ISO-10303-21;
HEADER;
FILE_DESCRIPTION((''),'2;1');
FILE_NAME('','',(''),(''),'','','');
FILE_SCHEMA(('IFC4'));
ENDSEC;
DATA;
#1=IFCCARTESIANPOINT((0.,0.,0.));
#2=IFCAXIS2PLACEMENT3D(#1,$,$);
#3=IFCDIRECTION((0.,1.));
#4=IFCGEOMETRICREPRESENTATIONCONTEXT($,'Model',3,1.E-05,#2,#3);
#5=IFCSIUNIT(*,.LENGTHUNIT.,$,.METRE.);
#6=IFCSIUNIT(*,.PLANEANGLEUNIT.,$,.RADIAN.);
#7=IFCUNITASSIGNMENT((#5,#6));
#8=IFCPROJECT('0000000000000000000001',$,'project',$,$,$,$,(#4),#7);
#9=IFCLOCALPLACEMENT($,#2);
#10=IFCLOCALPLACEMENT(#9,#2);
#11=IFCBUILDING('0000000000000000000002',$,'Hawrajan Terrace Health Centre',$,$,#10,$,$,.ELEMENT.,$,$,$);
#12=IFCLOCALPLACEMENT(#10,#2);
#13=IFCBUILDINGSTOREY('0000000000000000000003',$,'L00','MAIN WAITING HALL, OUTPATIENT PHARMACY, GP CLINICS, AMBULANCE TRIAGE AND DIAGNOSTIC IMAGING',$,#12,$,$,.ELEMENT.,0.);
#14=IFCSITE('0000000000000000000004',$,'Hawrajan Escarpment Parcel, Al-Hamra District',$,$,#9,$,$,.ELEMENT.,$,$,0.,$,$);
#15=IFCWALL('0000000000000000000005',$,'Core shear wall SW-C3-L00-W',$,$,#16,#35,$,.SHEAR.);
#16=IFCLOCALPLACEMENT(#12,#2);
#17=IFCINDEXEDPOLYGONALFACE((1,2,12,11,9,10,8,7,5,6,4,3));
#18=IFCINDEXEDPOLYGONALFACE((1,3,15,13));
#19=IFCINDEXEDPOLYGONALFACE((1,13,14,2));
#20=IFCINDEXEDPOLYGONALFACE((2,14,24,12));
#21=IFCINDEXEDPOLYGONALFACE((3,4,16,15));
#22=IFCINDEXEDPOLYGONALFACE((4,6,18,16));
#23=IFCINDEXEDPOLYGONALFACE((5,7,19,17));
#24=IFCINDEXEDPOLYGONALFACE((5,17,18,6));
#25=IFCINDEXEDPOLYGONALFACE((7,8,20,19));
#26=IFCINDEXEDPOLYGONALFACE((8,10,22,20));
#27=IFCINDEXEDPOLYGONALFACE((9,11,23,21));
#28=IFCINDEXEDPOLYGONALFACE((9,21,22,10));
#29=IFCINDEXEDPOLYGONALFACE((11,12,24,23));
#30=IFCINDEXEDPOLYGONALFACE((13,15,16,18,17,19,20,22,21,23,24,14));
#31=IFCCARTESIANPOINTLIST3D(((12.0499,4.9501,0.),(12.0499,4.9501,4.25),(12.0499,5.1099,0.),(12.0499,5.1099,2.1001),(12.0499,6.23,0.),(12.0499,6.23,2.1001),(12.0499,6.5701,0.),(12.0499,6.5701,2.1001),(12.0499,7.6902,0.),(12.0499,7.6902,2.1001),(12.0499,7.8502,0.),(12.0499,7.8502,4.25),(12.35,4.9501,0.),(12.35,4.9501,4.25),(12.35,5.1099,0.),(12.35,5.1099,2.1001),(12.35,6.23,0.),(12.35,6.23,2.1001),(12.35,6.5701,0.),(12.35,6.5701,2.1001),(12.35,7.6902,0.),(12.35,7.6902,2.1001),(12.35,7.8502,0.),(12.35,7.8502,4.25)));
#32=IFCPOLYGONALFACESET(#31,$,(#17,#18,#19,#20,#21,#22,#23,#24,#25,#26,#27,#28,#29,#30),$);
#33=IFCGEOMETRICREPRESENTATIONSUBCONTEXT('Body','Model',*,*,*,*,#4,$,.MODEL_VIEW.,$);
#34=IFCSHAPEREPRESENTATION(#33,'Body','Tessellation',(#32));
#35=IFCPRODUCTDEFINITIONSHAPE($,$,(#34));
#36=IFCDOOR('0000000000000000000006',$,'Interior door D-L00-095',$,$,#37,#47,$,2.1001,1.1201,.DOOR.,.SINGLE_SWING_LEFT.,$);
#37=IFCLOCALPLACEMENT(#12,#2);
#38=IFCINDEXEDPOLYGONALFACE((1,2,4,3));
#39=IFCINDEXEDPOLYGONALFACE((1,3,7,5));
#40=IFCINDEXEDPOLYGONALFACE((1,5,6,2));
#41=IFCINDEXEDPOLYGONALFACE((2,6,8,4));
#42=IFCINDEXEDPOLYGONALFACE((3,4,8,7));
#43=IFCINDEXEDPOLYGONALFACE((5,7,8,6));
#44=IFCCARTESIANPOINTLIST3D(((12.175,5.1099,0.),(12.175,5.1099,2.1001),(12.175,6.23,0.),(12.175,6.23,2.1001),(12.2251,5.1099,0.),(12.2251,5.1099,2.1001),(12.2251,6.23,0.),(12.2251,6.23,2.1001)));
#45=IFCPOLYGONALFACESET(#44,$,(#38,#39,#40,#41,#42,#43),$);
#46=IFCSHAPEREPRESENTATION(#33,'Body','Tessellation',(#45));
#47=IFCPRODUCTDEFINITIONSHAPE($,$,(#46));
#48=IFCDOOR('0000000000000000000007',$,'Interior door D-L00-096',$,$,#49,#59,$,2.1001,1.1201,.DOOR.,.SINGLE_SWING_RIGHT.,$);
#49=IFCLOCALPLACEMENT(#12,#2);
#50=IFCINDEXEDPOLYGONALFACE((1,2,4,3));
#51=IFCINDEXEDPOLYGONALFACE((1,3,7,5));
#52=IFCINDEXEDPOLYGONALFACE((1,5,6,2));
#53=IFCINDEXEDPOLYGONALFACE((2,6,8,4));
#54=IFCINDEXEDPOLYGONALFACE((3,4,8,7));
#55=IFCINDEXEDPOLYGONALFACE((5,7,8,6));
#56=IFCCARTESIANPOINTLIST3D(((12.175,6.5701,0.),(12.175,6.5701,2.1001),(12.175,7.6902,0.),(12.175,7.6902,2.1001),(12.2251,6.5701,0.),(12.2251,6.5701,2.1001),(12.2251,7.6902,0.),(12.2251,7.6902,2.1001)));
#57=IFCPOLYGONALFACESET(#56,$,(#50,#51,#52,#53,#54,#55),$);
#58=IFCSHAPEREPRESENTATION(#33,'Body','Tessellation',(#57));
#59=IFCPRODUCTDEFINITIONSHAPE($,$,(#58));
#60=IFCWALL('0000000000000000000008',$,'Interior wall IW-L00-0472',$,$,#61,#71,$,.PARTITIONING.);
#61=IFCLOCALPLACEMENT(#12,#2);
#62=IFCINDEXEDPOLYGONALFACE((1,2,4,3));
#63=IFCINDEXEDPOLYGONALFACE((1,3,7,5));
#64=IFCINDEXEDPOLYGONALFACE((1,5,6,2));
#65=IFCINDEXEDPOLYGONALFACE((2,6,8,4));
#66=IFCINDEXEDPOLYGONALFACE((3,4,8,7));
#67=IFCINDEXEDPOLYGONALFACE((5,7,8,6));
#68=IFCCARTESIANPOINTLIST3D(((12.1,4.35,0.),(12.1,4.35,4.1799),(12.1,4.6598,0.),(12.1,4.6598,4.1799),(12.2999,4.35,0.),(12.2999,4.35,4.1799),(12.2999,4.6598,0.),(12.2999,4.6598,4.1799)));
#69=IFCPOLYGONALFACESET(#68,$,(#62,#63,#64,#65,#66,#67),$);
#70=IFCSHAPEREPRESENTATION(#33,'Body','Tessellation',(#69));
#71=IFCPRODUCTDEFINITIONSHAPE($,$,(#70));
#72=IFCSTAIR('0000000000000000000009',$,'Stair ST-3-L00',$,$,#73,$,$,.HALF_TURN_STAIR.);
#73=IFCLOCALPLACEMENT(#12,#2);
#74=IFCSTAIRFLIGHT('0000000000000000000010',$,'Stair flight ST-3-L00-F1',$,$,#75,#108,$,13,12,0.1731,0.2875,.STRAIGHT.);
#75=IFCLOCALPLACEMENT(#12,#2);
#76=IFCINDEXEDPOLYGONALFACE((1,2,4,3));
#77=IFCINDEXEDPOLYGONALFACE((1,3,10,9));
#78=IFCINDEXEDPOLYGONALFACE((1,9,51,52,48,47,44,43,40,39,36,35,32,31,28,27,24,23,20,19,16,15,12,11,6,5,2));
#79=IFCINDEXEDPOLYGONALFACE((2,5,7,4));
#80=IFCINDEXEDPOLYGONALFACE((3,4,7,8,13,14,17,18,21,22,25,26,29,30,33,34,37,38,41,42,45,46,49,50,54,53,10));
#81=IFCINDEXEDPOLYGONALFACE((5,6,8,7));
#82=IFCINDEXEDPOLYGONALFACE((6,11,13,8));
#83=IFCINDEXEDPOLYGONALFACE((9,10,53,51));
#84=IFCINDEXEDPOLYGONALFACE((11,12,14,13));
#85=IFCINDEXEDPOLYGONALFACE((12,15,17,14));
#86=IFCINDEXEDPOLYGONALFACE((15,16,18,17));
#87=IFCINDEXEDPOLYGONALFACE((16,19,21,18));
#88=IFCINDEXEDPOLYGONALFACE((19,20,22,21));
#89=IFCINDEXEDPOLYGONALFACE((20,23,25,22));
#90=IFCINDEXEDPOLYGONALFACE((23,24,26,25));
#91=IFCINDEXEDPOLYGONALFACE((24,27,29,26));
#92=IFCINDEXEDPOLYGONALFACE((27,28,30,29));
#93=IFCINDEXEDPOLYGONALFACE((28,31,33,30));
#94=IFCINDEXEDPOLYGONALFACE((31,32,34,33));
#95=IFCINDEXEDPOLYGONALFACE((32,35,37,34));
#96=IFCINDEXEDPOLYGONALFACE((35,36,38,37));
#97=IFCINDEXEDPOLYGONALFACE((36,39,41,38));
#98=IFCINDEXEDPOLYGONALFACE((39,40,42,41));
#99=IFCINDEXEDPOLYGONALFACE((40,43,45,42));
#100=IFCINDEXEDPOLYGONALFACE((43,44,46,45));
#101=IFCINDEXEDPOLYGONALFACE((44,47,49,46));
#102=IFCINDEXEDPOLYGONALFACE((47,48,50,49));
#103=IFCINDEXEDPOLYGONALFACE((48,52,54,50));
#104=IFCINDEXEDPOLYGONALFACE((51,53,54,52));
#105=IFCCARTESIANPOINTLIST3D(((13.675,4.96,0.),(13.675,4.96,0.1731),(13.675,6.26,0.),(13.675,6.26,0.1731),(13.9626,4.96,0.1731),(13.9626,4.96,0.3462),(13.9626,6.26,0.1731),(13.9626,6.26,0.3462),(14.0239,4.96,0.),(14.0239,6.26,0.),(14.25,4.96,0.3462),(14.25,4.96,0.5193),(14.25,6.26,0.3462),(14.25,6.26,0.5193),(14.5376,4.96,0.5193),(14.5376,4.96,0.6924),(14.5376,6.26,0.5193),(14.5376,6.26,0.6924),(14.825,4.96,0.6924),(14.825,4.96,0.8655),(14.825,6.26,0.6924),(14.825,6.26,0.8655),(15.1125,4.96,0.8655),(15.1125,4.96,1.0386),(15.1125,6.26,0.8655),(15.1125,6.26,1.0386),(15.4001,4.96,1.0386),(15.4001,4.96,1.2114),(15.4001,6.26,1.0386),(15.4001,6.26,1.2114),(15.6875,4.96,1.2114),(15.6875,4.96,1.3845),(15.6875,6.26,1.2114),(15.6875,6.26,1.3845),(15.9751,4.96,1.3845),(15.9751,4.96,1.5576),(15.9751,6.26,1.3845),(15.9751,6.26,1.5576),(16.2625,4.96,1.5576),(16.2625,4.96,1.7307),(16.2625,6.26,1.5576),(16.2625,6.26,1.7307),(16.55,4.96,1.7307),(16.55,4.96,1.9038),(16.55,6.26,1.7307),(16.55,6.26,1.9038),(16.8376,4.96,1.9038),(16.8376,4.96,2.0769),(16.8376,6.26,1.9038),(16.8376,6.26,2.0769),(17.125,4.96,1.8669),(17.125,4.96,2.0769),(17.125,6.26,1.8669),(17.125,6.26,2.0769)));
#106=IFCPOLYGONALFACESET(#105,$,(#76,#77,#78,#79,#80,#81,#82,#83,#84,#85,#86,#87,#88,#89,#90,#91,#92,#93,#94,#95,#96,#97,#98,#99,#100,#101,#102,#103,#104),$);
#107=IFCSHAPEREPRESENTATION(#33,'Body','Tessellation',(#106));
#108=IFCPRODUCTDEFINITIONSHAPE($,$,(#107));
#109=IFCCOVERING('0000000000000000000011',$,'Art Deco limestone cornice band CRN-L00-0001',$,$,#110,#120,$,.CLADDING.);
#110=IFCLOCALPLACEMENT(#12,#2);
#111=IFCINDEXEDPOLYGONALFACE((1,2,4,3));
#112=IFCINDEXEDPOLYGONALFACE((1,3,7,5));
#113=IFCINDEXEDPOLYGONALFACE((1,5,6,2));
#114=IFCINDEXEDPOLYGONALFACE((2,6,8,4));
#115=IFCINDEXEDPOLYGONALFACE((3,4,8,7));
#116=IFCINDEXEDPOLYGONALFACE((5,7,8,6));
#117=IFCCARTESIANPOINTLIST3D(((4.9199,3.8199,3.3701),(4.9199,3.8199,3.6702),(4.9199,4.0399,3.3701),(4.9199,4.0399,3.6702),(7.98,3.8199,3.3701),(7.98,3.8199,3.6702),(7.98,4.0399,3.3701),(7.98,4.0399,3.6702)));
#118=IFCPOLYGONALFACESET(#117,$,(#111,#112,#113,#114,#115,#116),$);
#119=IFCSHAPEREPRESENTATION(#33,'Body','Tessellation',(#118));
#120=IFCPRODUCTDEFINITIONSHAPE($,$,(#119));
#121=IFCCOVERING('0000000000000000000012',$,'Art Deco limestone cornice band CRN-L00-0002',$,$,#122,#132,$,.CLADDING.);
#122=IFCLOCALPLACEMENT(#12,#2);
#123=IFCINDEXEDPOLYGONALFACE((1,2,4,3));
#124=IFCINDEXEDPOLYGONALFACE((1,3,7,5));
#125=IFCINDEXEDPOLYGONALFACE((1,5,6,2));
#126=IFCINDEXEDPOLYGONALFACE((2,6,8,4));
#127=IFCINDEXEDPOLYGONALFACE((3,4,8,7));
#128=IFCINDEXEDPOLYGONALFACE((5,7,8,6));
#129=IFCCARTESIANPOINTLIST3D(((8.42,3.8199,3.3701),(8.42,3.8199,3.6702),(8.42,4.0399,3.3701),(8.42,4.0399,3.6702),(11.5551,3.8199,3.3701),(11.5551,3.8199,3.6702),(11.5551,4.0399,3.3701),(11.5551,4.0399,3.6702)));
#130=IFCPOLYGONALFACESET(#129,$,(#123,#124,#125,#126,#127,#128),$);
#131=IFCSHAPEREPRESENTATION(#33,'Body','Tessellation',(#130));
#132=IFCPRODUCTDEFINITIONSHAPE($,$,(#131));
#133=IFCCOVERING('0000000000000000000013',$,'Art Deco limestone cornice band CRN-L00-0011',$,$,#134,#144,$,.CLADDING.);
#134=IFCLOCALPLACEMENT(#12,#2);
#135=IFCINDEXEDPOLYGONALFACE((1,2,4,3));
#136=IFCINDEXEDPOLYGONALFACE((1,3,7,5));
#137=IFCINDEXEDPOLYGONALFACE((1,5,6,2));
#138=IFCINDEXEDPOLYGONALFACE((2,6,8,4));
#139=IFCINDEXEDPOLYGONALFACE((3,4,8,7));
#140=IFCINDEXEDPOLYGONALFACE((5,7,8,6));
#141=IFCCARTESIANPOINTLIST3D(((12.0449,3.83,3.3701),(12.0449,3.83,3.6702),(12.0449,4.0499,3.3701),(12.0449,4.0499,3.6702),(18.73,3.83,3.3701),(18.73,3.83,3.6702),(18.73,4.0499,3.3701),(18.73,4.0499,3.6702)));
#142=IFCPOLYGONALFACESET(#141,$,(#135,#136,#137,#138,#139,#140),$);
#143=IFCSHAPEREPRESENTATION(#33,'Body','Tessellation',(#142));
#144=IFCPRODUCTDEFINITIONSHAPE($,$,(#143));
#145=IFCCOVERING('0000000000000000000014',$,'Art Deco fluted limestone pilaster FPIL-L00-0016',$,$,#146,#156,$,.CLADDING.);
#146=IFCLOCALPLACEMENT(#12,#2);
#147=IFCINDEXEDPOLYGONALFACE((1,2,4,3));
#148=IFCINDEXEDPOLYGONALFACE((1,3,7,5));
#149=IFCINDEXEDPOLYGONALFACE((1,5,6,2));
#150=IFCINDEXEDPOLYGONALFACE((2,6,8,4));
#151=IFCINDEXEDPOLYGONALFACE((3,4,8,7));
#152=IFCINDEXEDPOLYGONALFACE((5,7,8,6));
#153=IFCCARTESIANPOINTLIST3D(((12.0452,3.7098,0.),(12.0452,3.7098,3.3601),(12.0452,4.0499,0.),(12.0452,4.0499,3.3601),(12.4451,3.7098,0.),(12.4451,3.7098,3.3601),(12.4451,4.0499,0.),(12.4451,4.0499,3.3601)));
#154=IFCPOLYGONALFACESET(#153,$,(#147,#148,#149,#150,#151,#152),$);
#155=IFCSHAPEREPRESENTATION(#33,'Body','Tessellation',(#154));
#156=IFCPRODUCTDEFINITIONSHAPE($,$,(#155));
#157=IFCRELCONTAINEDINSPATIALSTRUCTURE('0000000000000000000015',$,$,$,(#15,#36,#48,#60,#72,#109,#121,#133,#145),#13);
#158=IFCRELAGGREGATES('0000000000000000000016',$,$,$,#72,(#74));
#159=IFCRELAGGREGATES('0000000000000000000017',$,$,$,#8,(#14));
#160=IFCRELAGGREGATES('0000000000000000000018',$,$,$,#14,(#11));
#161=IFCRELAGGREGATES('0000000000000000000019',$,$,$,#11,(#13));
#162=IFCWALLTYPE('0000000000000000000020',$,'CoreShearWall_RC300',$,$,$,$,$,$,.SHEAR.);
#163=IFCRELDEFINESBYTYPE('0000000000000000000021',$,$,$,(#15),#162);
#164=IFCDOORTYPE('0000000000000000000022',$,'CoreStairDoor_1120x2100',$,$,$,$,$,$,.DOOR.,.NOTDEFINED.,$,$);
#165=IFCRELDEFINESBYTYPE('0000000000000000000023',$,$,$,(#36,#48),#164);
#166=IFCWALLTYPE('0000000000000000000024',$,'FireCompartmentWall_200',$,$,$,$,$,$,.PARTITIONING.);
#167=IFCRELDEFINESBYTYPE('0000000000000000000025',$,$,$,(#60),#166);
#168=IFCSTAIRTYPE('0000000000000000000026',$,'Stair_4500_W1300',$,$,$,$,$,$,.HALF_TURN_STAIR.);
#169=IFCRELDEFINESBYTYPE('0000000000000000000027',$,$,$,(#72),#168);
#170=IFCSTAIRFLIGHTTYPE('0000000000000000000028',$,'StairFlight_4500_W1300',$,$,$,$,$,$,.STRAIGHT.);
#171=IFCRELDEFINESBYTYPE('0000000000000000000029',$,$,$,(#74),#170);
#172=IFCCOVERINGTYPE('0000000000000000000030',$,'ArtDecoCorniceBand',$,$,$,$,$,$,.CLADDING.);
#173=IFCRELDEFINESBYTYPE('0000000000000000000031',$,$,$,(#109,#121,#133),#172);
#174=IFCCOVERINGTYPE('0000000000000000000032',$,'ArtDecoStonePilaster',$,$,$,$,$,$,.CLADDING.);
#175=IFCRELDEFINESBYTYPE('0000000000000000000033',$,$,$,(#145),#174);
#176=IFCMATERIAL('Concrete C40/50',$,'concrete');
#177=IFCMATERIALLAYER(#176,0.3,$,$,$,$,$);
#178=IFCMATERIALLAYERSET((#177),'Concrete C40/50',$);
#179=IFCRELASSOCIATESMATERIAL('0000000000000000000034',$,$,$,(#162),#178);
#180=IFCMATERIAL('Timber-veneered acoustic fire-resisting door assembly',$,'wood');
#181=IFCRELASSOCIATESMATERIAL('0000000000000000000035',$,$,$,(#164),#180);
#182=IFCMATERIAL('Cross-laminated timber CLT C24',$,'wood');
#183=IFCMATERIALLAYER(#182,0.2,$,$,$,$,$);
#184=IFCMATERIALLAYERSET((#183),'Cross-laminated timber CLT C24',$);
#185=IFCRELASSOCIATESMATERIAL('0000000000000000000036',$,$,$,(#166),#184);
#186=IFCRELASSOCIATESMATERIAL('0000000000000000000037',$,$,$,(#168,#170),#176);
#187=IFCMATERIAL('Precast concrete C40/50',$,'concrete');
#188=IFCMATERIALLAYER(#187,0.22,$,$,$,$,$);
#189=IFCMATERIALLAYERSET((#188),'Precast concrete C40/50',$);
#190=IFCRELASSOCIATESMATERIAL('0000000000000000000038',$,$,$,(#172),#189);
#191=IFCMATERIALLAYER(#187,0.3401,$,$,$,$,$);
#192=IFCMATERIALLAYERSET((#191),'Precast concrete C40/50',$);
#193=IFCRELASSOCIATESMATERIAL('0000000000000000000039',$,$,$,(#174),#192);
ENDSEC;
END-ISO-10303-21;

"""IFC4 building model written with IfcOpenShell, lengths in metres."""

from ifc_helpers import new_model, si_unit, direction, frame, frame_2d, origin, origin_2d, place, context, subcontext, project, spatial, polyline, rectangle, outline, extrude, material, layer, layer_set, type_object, element, fill, aggregate, save


model = new_model("IFC4")

# Units and contexts
model_context = context("Model", 3, precision=1e-05, world=origin(), true_north=direction((0.0, 1.0)))
body_context = subcontext(model_context, "Body", "Model", "MODEL_VIEW")
ifc_project = project(units=[si_unit("LENGTHUNIT", "METRE"), si_unit("PLANEANGLEUNIT", "RADIAN")], contexts=[model_context])

# Site, building, storey
site_placement = place(None, origin())
site = spatial("IfcSite", under=ifc_project, at=site_placement, Name="Hawrajan Escarpment Parcel, Al-Hamra District", CompositionType="ELEMENT", RefElevation=0.0)
building_placement = place(site_placement, origin())
building = spatial("IfcBuilding", under=site, at=building_placement, Name="Hawrajan Terrace Health Centre", CompositionType="ELEMENT")
storey_placement = place(building_placement, origin())
storey = spatial("IfcBuildingStorey", under=building, at=storey_placement, Name="L00", Description="MAIN WAITING HALL, OUTPATIENT PHARMACY, GP CLINICS, AMBULANCE TRIAGE AND DIAGNOSTIC IMAGING", CompositionType="ELEMENT", Elevation=0.0)

# Shared definitions
ifc_material_1 = material(Name="Concrete C40/50", Category="concrete")

# Shared definitions
ifc_material_2 = material(Name="Precast concrete C40/50", Category="concrete")

# Shared definitions
ifc_layer_1 = layer(ifc_material_1, 0.3)
ifc_layer_set_1 = layer_set([ifc_layer_1], Name="Concrete C40/50")
wall_type_1 = type_object("IfcWallType", Name="CoreShearWall_RC300", PredefinedType="SHEAR", material=ifc_layer_set_1)

# Wall, openings, doors
wall_1_placement = place(storey_placement, frame((12.2, 4.95, 0.0), z_axis=(0.0, 0.0, 1.0), x_axis=(0.0, 1.0, 0.0)))
wall_1 = element("IfcWall", 1, at=wall_1_placement, inside=storey, type_object=wall_type_1, Name="Core shear wall SW-C3-L00-W", PredefinedType="SHEAR", context=body_context, shape_type="SweptSolid", body=[
    extrude(rectangle(XDim=2.9001, YDim=0.3, at=frame_2d((1.4502, 0.0))), origin(), (0.0, 0.0, 1.0), 4.25),
])
opening_1_placement = place(wall_1_placement, frame((0.1599, 0.0, 0.0)))
opening_1 = element("IfcOpeningElement", 2, at=opening_1_placement, cuts=wall_1, PredefinedType="OPENING", context=body_context, shape_type="SweptSolid", body=[
    extrude(rectangle(XDim=1.1201, YDim=2.1001, at=frame_2d((0.5601, 1.05))), frame((0.0, 0.1599, 0.0), z_axis=(0.0, -1.0, 0.0), x_axis=(1.0, 0.0, 0.0)), (0.0, 0.0, 1.0), 0.3201),
])
opening_2_placement = place(wall_1_placement, frame((1.6201, 0.0, 0.0)))
opening_2 = element("IfcOpeningElement", 3, at=opening_2_placement, cuts=wall_1, PredefinedType="OPENING", context=body_context, shape_type="SweptSolid", body=[
    extrude(rectangle(XDim=1.1201, YDim=2.1001, at=frame_2d((0.5601, 1.05))), frame((0.0, 0.1599, 0.0), z_axis=(0.0, -1.0, 0.0), x_axis=(1.0, 0.0, 0.0)), (0.0, 0.0, 1.0), 0.3201),
])
ifc_material_3 = material(Name="Timber-veneered acoustic fire-resisting door assembly", Category="wood")
door_type_1 = type_object("IfcDoorType", Name="CoreStairDoor_1120x2100", OperationType="NOTDEFINED", PredefinedType="DOOR", material=ifc_material_3)
door_1_placement = place(opening_1_placement, origin())
door_1 = element("IfcDoor", 4, at=door_1_placement, inside=storey, type_object=door_type_1, Name="Interior door D-L00-095", OperationType="SINGLE_SWING_LEFT", OverallHeight=2.1001, OverallWidth=1.1201, PredefinedType="DOOR", context=body_context, shape_type="SweptSolid", body=[
    extrude(rectangle(XDim=1.1201, YDim=2.1001, at=frame_2d((0.5601, 1.05))), frame((0.0, 0.0249, 0.0), z_axis=(0.0, -1.0, 0.0), x_axis=(1.0, 0.0, 0.0)), (0.0, 0.0, 1.0), 0.05),
])
fill(opening_1, door_1)
door_2_placement = place(opening_2_placement, origin())
door_2 = element("IfcDoor", 5, at=door_2_placement, inside=storey, type_object=door_type_1, Name="Interior door D-L00-096", OperationType="SINGLE_SWING_RIGHT", OverallHeight=2.1001, OverallWidth=1.1201, PredefinedType="DOOR", context=body_context, shape_type="SweptSolid", body=[
    extrude(rectangle(XDim=1.1201, YDim=2.1001, at=frame_2d((0.5601, 1.05))), frame((0.0, 0.0249, 0.0), z_axis=(0.0, -1.0, 0.0), x_axis=(1.0, 0.0, 0.0)), (0.0, 0.0, 1.0), 0.05),
])
fill(opening_2, door_2)

# Wall
ifc_material_4 = material(Name="Cross-laminated timber CLT C24", Category="wood")
ifc_layer_2 = layer(ifc_material_4, 0.2)
ifc_layer_set_2 = layer_set([ifc_layer_2], Name="Cross-laminated timber CLT C24")
wall_type_2 = type_object("IfcWallType", Name="FireCompartmentWall_200", PredefinedType="PARTITIONING", material=ifc_layer_set_2)
wall_2_placement = place(storey_placement, frame((12.2, 4.3501, 0.0), z_axis=(0.0, 0.0, 1.0), x_axis=(0.0, 1.0, 0.0)))
element("IfcWall", 6, at=wall_2_placement, inside=storey, type_object=wall_type_2, Name="Interior wall IW-L00-0472", PredefinedType="PARTITIONING", context=body_context, shape_type="SweptSolid", body=[
    extrude(rectangle(XDim=0.3098, YDim=0.2, at=frame_2d((0.1548, 0.0))), origin(), (0.0, 0.0, 1.0), 4.1799),
])

# Stair, stair flight
stair_type = type_object("IfcStairType", Name="Stair_4500_W1300", PredefinedType="HALF_TURN_STAIR", material=ifc_material_1)
stair_placement = place(storey_placement, origin())
stair = element("IfcStair", 7, at=stair_placement, inside=storey, type_object=stair_type, Name="Stair ST-3-L00", PredefinedType="HALF_TURN_STAIR")
stair_flight_type = type_object("IfcStairFlightType", Name="StairFlight_4500_W1300", PredefinedType="STRAIGHT", material=ifc_material_1)
stair_flight_placement = place(storey_placement, frame((13.675, 5.6101, 0.0), z_axis=(0.0, 0.0, 1.0), x_axis=(1.0, 0.0, 0.0)))
stair_flight = element("IfcStairFlight", 8, at=stair_flight_placement, type_object=stair_flight_type, Name="Stair flight ST-3-L00-F1", NumberOfRisers=13, NumberOfTreads=12, PredefinedType="STRAIGHT", RiserHeight=0.1731, TreadLength=0.2875, context=body_context, shape_type="SweptSolid", body=[
    extrude(outline(polyline([(0.0, 0.0), (0.0, 0.1731), (0.2876, 0.1731), (0.2876, 0.3462), (0.575, 0.3462), (0.575, 0.5193), (0.8625, 0.5193), (0.8625, 0.6924), (1.1499, 0.6924), (1.1499, 0.8655), (1.4375, 0.8655), (1.4375, 1.0386), (1.7251, 1.0386), (1.7251, 1.2114), (2.0125, 1.2114), (2.0125, 1.3845), (2.3, 1.3845), (2.3, 1.5576), (2.5874, 1.5576), (2.5874, 1.7307), (2.875, 1.7307), (2.875, 1.9038), (3.1626, 1.9038), (3.1626, 2.0769), (3.45, 2.0769), (3.45, 2.25), (3.45, 1.8669), (0.3489, 0.0), (0.0, 0.0)])), frame((0.0, 0.6499, 0.0), z_axis=(0.0, -1.0, 0.0), x_axis=(1.0, 0.0, 0.0)), (0.0, 0.0, 1.0), 1.3),
])
aggregate(stair, [stair_flight])

# Coverings
ifc_layer_3 = layer(ifc_material_2, 0.22)
ifc_layer_set_3 = layer_set([ifc_layer_3], Name="Precast concrete C40/50")
covering_type_1 = type_object("IfcCoveringType", Name="ArtDecoCorniceBand", PredefinedType="CLADDING", material=ifc_layer_set_3)
covering_1_placement = place(storey_placement, frame((6.45, 3.9299, 3.3701), z_axis=(0.0, 0.0, 1.0), x_axis=(1.0, 0.0, 0.0)))
element("IfcCovering", 9, at=covering_1_placement, inside=storey, type_object=covering_type_1, Name="Art Deco limestone cornice band CRN-L00-0001", PredefinedType="CLADDING", context=body_context, shape_type="SweptSolid", body=[
    extrude(rectangle(XDim=3.0601, YDim=0.22, at=origin_2d()), origin(), (0.0, 0.0, 1.0), 0.3),
])
covering_2_placement = place(storey_placement, frame((9.9875, 3.9299, 3.3701), z_axis=(0.0, 0.0, 1.0), x_axis=(1.0, 0.0, 0.0)))
element("IfcCovering", 10, at=covering_2_placement, inside=storey, type_object=covering_type_1, Name="Art Deco limestone cornice band CRN-L00-0002", PredefinedType="CLADDING", context=body_context, shape_type="SweptSolid", body=[
    extrude(rectangle(XDim=3.135, YDim=0.22, at=origin_2d()), origin(), (0.0, 0.0, 1.0), 0.3),
])
covering_3_placement = place(storey_placement, frame((15.3875, 3.9399, 3.3701), z_axis=(0.0, 0.0, 1.0), x_axis=(1.0, 0.0, 0.0)))
element("IfcCovering", 11, at=covering_3_placement, inside=storey, type_object=covering_type_1, Name="Art Deco limestone cornice band CRN-L00-0011", PredefinedType="CLADDING", context=body_context, shape_type="SweptSolid", body=[
    extrude(rectangle(XDim=6.6851, YDim=0.22, at=origin_2d()), origin(), (0.0, 0.0, 1.0), 0.3),
])
ifc_layer_4 = layer(ifc_material_2, 0.3401)
ifc_layer_set_4 = layer_set([ifc_layer_4], Name="Precast concrete C40/50")
covering_type_2 = type_object("IfcCoveringType", Name="ArtDecoStonePilaster", PredefinedType="CLADDING", material=ifc_layer_set_4)
covering_4_placement = place(storey_placement, frame((12.2451, 3.8799, 0.0), z_axis=(0.0, 0.0, 1.0), x_axis=(1.0, 0.0, 0.0)))
element("IfcCovering", 12, at=covering_4_placement, inside=storey, type_object=covering_type_2, Name="Art Deco fluted limestone pilaster FPIL-L00-0016", PredefinedType="CLADDING", context=body_context, shape_type="SweptSolid", body=[
    extrude(rectangle(XDim=0.3999, YDim=0.3401, at=origin_2d()), origin(), (0.0, 0.0, 1.0), 3.3601),
])

save(model, "model.ifc")
